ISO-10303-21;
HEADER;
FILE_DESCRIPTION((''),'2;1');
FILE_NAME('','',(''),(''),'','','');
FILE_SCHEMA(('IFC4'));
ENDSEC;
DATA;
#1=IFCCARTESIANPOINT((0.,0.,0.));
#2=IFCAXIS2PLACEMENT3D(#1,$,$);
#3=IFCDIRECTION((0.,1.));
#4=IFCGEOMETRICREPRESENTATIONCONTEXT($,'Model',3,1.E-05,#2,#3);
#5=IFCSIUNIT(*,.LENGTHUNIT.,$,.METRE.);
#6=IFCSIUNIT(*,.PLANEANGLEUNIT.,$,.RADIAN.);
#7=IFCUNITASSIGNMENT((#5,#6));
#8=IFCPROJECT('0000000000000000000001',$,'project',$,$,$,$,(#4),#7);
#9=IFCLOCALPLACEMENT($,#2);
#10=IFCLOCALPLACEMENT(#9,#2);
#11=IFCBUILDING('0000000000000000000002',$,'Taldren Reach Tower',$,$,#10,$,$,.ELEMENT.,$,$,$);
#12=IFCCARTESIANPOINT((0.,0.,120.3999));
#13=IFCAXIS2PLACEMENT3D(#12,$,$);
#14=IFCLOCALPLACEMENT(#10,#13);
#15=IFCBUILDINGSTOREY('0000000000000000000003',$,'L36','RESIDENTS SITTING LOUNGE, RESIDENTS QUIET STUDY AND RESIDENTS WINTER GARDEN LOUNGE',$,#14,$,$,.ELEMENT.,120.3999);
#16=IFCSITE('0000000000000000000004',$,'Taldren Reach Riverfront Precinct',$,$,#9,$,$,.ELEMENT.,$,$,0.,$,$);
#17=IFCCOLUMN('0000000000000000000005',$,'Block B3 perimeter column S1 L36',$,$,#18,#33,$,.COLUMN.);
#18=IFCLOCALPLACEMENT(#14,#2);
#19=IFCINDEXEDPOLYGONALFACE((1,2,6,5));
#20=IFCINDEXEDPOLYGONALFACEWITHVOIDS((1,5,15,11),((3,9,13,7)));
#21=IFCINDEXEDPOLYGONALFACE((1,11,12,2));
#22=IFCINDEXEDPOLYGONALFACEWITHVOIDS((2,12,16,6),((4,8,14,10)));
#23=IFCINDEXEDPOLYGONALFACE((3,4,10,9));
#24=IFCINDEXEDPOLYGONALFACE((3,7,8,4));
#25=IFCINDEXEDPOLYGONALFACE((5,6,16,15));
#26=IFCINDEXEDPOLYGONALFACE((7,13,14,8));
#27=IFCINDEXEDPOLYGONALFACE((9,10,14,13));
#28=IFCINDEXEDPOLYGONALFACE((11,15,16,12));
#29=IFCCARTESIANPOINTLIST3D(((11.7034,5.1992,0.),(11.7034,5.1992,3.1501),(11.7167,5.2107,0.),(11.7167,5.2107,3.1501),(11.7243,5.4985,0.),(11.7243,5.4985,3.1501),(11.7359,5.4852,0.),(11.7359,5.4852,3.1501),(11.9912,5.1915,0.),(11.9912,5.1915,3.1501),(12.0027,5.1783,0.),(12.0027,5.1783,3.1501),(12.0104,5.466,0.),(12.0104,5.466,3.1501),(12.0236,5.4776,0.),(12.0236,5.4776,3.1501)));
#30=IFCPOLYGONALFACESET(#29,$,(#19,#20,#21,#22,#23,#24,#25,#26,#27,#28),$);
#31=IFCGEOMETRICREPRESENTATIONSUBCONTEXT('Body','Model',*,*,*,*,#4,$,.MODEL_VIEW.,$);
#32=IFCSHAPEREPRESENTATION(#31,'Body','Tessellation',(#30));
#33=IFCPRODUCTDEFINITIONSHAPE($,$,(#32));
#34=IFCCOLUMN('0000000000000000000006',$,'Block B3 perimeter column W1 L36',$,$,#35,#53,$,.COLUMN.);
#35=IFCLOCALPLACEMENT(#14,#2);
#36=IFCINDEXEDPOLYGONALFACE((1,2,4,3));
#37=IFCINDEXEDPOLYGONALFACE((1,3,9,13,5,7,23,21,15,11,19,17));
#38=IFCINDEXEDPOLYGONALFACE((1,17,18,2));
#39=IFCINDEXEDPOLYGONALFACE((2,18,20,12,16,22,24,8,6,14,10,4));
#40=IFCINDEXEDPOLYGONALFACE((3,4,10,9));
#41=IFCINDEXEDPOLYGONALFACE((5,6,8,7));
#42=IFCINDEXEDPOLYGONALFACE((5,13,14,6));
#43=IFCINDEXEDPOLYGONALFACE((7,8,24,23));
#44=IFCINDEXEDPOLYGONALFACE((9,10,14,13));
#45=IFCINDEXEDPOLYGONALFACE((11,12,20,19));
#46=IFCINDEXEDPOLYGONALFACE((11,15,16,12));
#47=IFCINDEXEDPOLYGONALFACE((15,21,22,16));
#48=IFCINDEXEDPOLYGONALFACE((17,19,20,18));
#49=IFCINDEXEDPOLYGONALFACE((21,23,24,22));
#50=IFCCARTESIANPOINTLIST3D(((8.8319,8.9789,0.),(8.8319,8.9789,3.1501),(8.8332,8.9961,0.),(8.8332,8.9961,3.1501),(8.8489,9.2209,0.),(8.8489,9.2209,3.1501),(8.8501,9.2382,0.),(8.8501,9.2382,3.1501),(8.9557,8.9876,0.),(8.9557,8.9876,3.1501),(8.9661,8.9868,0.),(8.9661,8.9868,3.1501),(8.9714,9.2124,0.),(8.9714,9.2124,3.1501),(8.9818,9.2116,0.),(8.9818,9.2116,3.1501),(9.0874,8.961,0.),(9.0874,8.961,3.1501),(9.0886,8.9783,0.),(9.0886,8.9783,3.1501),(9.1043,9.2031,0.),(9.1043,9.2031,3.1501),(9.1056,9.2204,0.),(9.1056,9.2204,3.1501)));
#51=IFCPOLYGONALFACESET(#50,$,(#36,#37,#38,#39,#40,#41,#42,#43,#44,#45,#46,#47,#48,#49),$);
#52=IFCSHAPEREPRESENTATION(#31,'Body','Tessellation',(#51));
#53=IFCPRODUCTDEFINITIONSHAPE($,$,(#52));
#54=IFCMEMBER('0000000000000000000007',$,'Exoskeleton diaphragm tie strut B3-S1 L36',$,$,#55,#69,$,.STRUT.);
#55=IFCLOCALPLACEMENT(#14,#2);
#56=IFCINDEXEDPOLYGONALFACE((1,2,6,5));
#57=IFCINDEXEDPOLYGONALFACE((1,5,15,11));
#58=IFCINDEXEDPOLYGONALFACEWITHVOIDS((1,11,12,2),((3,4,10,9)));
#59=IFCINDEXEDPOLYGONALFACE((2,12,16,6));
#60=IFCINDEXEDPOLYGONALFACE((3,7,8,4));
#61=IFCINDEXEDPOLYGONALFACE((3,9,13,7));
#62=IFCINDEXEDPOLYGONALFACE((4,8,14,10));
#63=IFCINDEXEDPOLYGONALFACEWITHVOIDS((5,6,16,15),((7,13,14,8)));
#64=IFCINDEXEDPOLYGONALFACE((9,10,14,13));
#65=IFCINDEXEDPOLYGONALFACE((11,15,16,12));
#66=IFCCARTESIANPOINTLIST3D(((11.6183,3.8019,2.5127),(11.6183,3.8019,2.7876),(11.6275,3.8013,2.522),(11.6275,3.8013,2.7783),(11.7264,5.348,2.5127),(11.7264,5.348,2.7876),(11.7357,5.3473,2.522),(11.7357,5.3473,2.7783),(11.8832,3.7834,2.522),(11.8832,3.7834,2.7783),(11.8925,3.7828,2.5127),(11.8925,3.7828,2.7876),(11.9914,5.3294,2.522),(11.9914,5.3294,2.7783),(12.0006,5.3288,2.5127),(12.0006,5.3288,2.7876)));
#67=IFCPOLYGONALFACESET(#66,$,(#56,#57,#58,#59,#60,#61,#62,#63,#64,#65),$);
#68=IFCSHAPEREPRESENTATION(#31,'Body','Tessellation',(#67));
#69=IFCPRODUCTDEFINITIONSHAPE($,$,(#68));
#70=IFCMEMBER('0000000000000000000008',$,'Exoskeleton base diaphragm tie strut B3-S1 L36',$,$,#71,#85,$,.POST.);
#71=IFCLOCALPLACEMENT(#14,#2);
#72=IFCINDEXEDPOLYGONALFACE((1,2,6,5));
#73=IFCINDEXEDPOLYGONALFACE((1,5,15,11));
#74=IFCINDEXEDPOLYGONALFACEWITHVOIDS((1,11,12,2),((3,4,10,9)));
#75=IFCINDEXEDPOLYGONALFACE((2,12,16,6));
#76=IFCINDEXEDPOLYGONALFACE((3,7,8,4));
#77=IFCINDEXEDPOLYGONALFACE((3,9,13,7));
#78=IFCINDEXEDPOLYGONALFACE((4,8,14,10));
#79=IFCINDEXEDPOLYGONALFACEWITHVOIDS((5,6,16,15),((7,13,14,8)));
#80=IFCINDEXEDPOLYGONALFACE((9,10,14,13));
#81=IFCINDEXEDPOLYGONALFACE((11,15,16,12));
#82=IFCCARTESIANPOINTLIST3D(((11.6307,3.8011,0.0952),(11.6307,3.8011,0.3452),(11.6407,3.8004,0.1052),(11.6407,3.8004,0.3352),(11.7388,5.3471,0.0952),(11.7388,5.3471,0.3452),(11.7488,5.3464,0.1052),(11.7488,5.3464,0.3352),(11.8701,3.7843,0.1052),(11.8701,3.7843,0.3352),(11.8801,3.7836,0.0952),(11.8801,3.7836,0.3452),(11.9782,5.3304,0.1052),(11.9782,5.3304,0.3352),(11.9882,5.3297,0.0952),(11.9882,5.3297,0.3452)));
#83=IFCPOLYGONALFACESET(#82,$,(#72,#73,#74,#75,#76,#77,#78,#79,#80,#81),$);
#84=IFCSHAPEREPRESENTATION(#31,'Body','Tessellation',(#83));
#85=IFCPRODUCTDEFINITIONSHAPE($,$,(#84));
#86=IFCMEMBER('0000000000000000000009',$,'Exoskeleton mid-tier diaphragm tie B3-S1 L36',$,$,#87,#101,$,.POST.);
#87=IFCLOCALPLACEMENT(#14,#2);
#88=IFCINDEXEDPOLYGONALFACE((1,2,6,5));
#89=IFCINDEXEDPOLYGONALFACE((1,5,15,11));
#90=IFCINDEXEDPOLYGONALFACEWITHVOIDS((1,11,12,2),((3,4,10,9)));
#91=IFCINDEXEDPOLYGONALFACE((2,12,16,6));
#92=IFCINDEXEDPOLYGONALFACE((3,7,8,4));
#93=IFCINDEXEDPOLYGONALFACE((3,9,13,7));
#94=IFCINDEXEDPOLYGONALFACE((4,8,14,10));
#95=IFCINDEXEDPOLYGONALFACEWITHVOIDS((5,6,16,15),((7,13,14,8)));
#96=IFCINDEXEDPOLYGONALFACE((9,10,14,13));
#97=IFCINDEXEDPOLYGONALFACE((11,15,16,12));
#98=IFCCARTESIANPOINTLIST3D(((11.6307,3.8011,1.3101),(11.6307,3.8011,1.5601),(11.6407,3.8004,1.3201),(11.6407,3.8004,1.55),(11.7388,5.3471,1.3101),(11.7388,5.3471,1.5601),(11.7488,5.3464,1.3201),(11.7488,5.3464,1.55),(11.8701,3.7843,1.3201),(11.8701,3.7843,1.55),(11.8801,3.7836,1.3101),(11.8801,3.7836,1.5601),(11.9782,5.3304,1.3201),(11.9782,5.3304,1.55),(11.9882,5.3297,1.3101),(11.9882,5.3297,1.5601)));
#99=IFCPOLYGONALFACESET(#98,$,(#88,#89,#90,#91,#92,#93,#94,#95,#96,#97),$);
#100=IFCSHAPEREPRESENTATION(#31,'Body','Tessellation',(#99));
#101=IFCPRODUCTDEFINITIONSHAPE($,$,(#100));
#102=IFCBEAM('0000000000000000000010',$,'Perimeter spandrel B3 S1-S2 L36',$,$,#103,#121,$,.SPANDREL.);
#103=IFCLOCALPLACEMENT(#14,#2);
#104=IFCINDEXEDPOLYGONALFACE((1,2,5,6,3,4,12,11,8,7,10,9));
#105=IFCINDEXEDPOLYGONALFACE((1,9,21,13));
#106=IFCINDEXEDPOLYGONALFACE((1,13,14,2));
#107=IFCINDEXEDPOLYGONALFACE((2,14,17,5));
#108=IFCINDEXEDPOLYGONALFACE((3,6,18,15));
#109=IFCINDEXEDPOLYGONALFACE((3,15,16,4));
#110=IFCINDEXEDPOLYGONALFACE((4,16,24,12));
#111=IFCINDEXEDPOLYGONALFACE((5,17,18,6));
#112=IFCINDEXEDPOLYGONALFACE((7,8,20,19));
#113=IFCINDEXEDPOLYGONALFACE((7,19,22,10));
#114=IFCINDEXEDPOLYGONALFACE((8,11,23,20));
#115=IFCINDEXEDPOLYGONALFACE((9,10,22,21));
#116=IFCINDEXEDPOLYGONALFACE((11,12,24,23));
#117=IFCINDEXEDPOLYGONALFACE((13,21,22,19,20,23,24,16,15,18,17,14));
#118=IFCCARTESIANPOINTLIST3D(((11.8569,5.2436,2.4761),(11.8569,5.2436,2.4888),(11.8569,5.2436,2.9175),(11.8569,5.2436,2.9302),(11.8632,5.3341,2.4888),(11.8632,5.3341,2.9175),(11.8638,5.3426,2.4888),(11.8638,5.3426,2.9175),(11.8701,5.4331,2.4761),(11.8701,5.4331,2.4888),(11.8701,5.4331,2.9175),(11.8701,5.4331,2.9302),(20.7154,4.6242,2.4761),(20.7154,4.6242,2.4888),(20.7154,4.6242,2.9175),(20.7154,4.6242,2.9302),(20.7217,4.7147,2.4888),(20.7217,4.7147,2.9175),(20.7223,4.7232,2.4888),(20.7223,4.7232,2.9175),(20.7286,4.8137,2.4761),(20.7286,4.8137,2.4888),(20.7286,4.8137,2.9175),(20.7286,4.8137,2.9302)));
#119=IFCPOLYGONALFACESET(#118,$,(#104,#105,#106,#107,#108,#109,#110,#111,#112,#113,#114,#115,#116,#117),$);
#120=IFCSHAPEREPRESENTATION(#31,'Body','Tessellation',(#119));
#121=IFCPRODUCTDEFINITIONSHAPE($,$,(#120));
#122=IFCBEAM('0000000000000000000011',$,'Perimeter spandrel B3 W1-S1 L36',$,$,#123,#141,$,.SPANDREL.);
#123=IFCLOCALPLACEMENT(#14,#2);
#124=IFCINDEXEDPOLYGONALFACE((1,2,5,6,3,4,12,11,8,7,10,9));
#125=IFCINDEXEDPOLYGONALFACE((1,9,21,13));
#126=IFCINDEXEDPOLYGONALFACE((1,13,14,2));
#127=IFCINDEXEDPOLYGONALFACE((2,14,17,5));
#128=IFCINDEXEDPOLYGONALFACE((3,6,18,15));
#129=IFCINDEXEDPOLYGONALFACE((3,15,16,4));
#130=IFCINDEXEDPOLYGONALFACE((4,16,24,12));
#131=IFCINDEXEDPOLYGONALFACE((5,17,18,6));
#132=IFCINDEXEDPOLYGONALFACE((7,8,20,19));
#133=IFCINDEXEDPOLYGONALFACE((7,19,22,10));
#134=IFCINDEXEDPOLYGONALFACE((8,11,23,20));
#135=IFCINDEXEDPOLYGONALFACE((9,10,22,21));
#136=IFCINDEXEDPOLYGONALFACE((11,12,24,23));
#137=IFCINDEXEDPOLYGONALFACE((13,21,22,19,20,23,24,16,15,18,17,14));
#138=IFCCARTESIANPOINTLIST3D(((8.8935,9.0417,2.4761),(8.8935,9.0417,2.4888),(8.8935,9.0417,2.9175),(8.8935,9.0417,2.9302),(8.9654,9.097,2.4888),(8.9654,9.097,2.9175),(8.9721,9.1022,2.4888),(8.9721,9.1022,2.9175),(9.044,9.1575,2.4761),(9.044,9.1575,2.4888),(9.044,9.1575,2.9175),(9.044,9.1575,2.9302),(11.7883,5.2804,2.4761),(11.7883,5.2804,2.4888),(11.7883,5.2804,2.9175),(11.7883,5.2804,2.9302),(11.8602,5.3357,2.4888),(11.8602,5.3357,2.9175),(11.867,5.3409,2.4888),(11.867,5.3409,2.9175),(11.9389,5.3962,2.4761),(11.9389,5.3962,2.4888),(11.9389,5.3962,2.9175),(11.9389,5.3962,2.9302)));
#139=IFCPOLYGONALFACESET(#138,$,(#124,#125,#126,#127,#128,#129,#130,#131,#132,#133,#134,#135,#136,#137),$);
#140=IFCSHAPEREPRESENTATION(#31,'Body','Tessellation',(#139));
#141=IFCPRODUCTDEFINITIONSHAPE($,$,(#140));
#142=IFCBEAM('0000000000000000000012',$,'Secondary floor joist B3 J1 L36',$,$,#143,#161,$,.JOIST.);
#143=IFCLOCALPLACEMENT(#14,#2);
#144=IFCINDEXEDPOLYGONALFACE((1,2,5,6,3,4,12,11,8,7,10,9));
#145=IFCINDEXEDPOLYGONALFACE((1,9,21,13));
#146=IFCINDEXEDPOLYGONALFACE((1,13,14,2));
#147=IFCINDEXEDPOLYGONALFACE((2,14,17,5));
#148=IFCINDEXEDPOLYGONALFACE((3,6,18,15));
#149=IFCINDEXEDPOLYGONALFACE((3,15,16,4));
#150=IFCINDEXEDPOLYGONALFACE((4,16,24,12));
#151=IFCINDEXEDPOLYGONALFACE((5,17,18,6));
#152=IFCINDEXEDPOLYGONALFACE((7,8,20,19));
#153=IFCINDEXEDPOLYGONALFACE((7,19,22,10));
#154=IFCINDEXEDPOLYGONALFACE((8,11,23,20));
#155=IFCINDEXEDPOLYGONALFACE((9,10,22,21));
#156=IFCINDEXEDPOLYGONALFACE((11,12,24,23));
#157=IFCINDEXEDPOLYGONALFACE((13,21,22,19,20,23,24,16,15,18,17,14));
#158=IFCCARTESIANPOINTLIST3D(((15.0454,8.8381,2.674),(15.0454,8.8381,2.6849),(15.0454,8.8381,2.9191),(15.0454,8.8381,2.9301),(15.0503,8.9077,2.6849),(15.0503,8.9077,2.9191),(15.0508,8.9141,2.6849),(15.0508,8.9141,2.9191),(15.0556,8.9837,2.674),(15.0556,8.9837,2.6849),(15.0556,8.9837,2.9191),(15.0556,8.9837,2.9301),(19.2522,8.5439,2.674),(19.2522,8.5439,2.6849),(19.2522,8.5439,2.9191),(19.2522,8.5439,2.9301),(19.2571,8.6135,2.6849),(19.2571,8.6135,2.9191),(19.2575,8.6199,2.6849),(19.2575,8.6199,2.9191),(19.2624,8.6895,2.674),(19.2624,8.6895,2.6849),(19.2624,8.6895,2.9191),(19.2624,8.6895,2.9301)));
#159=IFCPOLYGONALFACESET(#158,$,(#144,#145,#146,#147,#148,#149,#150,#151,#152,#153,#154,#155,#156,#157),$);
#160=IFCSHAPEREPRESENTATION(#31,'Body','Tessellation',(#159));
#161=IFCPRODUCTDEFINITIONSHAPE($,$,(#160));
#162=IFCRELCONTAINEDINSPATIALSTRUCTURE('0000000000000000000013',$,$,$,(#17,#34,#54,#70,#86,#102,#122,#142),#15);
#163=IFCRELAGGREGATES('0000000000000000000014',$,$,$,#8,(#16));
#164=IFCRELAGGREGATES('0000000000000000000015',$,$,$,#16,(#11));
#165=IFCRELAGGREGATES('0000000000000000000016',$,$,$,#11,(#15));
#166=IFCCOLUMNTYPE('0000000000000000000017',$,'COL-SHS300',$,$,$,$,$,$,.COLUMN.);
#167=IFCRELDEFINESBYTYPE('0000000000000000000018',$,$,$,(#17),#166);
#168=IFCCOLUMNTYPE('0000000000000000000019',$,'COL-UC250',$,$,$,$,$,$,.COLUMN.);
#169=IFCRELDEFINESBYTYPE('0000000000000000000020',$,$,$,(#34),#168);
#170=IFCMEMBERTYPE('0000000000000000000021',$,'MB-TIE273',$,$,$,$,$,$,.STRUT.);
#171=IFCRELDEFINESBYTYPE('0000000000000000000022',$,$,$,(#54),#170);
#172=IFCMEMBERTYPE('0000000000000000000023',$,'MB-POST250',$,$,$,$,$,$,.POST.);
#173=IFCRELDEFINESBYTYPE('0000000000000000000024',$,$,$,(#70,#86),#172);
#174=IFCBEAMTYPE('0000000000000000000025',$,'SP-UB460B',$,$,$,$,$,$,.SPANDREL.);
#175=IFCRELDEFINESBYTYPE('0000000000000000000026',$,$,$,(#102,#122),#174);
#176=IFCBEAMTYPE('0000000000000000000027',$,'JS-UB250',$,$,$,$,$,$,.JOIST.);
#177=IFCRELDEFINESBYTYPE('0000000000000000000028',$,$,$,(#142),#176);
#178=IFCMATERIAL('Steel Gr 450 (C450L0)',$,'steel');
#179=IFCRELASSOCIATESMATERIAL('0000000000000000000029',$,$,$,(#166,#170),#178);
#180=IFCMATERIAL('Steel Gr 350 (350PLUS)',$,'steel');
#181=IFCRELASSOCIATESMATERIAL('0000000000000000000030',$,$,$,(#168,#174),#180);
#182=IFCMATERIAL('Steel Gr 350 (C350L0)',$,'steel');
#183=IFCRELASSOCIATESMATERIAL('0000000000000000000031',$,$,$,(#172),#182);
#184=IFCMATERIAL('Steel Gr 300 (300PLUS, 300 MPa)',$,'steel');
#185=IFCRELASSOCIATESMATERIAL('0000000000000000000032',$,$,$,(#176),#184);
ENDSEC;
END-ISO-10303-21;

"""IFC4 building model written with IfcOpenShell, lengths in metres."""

from ifc_helpers import new_model, si_unit, direction, frame, origin, origin_2d, place, context, subcontext, project, spatial, hollow_rectangle, i_section, extrude, source, transform, mapped, material, material_profile, profile_set, type_object, element, save


model = new_model("IFC4")

# Units and contexts
model_context = context("Model", 3, precision=1e-05, world=origin(), true_north=direction((0.0, 1.0)))
body_context = subcontext(model_context, "Body", "Model", "MODEL_VIEW")
ifc_project = project(units=[si_unit("LENGTHUNIT", "METRE"), si_unit("PLANEANGLEUNIT", "RADIAN")], contexts=[model_context])

# Site, building, storey
site_placement = place(None, origin())
site = spatial("IfcSite", under=ifc_project, at=site_placement, Name="Taldren Reach Riverfront Precinct", CompositionType="ELEMENT", RefElevation=0.0)
building_placement = place(site_placement, origin())
building = spatial("IfcBuilding", under=site, at=building_placement, Name="Taldren Reach Tower", CompositionType="ELEMENT")
storey_placement = place(building_placement, frame((0.0, 0.0, 120.3999)))
storey = spatial("IfcBuildingStorey", under=building, at=storey_placement, Name="L36", Description="RESIDENTS SITTING LOUNGE, RESIDENTS QUIET STUDY AND RESIDENTS WINTER GARDEN LOUNGE", CompositionType="ELEMENT", Elevation=120.3999)

# Columns
ifc_material_1 = material(Name="Steel Gr 450 (C450L0)", Category="steel")
ifc_material_profile_1 = material_profile(ifc_material_1, hollow_rectangle(XDim=0.3, YDim=0.3, WallThickness=0.0125, at=origin_2d()), Name="300x300x12.5SHS")
ifc_profile_set_1 = profile_set([ifc_material_profile_1], Name="Steel Gr 450 (C450L0)")
column_type_1 = type_object("IfcColumnType", Name="COL-SHS300", PredefinedType="COLUMN", material=ifc_profile_set_1)
shared_shape_1 = source(origin(), body_context, "Body", "SweptSolid", [
    extrude(hollow_rectangle(XDim=0.3, YDim=0.3, WallThickness=0.0125, at=origin_2d()), origin(), (0.0, 0.0, 1.0), 3.1501),
])
column_1_placement = place(storey_placement, frame((11.8635, 5.3384, 0.0), z_axis=(0.0, 0.0, 1.0), x_axis=(0.997564, -0.069756, 0.0)))
element("IfcColumn", 1, at=column_1_placement, inside=storey, type_object=column_type_1, Name="Block B3 perimeter column S1 L36", PredefinedType="COLUMN", context=body_context, shape_type="MappedRepresentation", body=[
    mapped(shared_shape_1, transform((0.0, 0.0, 0.0), scale=1.0)),
])
ifc_material_2 = material(Name="Steel Gr 350 (350PLUS)", Category="steel")
ifc_material_profile_2 = material_profile(ifc_material_2, i_section(OverallWidth=0.2561, OverallDepth=0.26, WebThickness=0.0105, FlangeThickness=0.0173, at=origin_2d()), Name="250UC89.5")
ifc_profile_set_2 = profile_set([ifc_material_profile_2], Name="Steel Gr 350 (350PLUS)")
column_type_2 = type_object("IfcColumnType", Name="COL-UC250", PredefinedType="COLUMN", material=ifc_profile_set_2)
shared_shape_2 = source(origin(), body_context, "Body", "SweptSolid", [
    extrude(i_section(OverallWidth=0.2561, OverallDepth=0.26, WebThickness=0.0105, FlangeThickness=0.0173, at=origin_2d()), origin(), (0.0, 0.0, 1.0), 3.1501),
])
column_2_placement = place(storey_placement, frame((8.9688, 9.0996, 0.0), z_axis=(0.0, 0.0, 1.0), x_axis=(0.997564, -0.069756, 0.0)))
element("IfcColumn", 2, at=column_2_placement, inside=storey, type_object=column_type_2, Name="Block B3 perimeter column W1 L36", PredefinedType="COLUMN", context=body_context, shape_type="MappedRepresentation", body=[
    mapped(shared_shape_2, transform((0.0, 0.0, 0.0), scale=1.0)),
])

# Members
ifc_material_profile_3 = material_profile(ifc_material_1, hollow_rectangle(XDim=0.2749, YDim=0.2749, WallThickness=0.0093, at=origin_2d()), Name="275x275x9.3SHS")
ifc_profile_set_3 = profile_set([ifc_material_profile_3], Name="Steel Gr 450 (C450L0)")
member_type_1 = type_object("IfcMemberType", Name="MB-TIE273", PredefinedType="STRUT", material=ifc_profile_set_3)
shared_shape_3 = source(origin(), body_context, "Body", "SweptSolid", [
    extrude(hollow_rectangle(XDim=0.2749, YDim=0.2749, WallThickness=0.0093, at=origin_2d()), origin(), (0.0, 0.0, 1.0), 1.5498),
])
member_1_placement = place(storey_placement, frame((11.8635, 5.3384, 2.6501), z_axis=(-0.069781, -0.997562, 0.0), x_axis=(0.997562, -0.069781, 0.0)))
element("IfcMember", 3, at=member_1_placement, inside=storey, type_object=member_type_1, Name="Exoskeleton diaphragm tie strut B3-S1 L36", PredefinedType="STRUT", context=body_context, shape_type="MappedRepresentation", body=[
    mapped(shared_shape_3, transform((0.0, 0.0, 0.0), scale=1.0)),
])
ifc_material_3 = material(Name="Steel Gr 350 (C350L0)", Category="steel")
ifc_material_profile_4 = material_profile(ifc_material_3, hollow_rectangle(XDim=0.25, YDim=0.25, WallThickness=0.01, at=origin_2d()), Name="250x250x10.0SHS")
ifc_profile_set_4 = profile_set([ifc_material_profile_4], Name="Steel Gr 350 (C350L0)")
member_type_2 = type_object("IfcMemberType", Name="MB-POST250", PredefinedType="POST", material=ifc_profile_set_4)
shared_shape_4 = source(origin(), body_context, "Body", "SweptSolid", [
    extrude(hollow_rectangle(XDim=0.25, YDim=0.25, WallThickness=0.01, at=origin_2d()), origin(), (0.0, 0.0, 1.0), 1.5498),
])
for number, where, z_axis, x_axis, name in (
    (4, (11.8635, 5.3384, 0.2202), (-0.069781, -0.997562, 0.0), (0.997562, -0.069781, 0.0), "Exoskeleton base diaphragm tie strut B3-S1 L36"),
    (5, (11.8635, 5.3384, 1.4351), (-0.069781, -0.997562, 0.0), (0.997562, -0.069781, 0.0), "Exoskeleton mid-tier diaphragm tie B3-S1 L36"),
):
    element("IfcMember", number, at=place(storey_placement, frame(where, z_axis=z_axis, x_axis=x_axis)), inside=storey, type_object=member_type_2, Name=name, PredefinedType="POST", context=body_context, shape_type="MappedRepresentation", body=[
        mapped(shared_shape_4, transform((0.0, 0.0, 0.0), scale=1.0)),
    ])

# Beams
ifc_material_profile_5 = material_profile(ifc_material_2, i_section(OverallWidth=0.1899, OverallDepth=0.4541, WebThickness=0.0085, FlangeThickness=0.0127, at=origin_2d()), Name="460UB67.1")
ifc_profile_set_5 = profile_set([ifc_material_profile_5], Name="Steel Gr 350 (350PLUS)")
beam_type_1 = type_object("IfcBeamType", Name="SP-UB460B", PredefinedType="SPANDREL", material=ifc_profile_set_5)
shared_shape_5 = source(origin(), body_context, "Body", "SweptSolid", [
    extrude(i_section(OverallWidth=0.1899, OverallDepth=0.4541, WebThickness=0.0085, FlangeThickness=0.0127, at=origin_2d()), origin(), (0.0, 0.0, 1.0), 8.8801),
])
beam_1_placement = place(storey_placement, frame((11.8635, 5.3384, 2.7031), z_axis=(0.997564, -0.06975, 0.0), x_axis=(0.06975, 0.997564, 0.0)))
element("IfcBeam", 6, at=beam_1_placement, inside=storey, type_object=beam_type_1, Name="Perimeter spandrel B3 S1-S2 L36", PredefinedType="SPANDREL", context=body_context, shape_type="MappedRepresentation", body=[
    mapped(shared_shape_5, transform((0.0, 0.0, 0.0), scale=1.0)),
])
shared_shape_6 = source(origin(), body_context, "Body", "SweptSolid", [
    extrude(i_section(OverallWidth=0.1899, OverallDepth=0.4541, WebThickness=0.0085, FlangeThickness=0.0127, at=origin_2d()), origin(), (0.0, 0.0, 1.0), 4.7463),
])
beam_2_placement = place(storey_placement, frame((8.9688, 9.0996, 2.7031), z_axis=(0.609912, -0.792469, 0.0), x_axis=(0.792469, 0.609912, 0.0)))
element("IfcBeam", 7, at=beam_2_placement, inside=storey, type_object=beam_type_1, Name="Perimeter spandrel B3 W1-S1 L36", PredefinedType="SPANDREL", context=body_context, shape_type="MappedRepresentation", body=[
    mapped(shared_shape_6, transform((0.0, 0.0, 0.0), scale=1.0)),
])
ifc_material_4 = material(Name="Steel Gr 300 (300PLUS, 300 MPa)", Category="steel")
ifc_material_profile_6 = material_profile(ifc_material_4, i_section(OverallWidth=0.146, OverallDepth=0.2561, WebThickness=0.0063, FlangeThickness=0.011, at=origin_2d()), Name="250UB37.3")
ifc_profile_set_6 = profile_set([ifc_material_profile_6], Name="Steel Gr 300 (300PLUS, 300 MPa)")
beam_type_2 = type_object("IfcBeamType", Name="JS-UB250", PredefinedType="JOIST", material=ifc_profile_set_6)
shared_shape_7 = source(origin(), body_context, "Body", "SweptSolid", [
    extrude(i_section(OverallWidth=0.146, OverallDepth=0.2561, WebThickness=0.0063, FlangeThickness=0.011, at=origin_2d()), origin(), (0.0, 0.0, 1.0), 4.217),
])
beam_3_placement = place(storey_placement, frame((15.0505, 8.9109, 2.802), z_axis=(0.997564, -0.069762, 0.0), x_axis=(0.069762, 0.997564, 0.0)))
element("IfcBeam", 8, at=beam_3_placement, inside=storey, type_object=beam_type_2, Name="Secondary floor joist B3 J1 L36", PredefinedType="JOIST", context=body_context, shape_type="MappedRepresentation", body=[
    mapped(shared_shape_7, transform((0.0, 0.0, 0.0), scale=1.0)),
])

save(model, "model.ifc")
